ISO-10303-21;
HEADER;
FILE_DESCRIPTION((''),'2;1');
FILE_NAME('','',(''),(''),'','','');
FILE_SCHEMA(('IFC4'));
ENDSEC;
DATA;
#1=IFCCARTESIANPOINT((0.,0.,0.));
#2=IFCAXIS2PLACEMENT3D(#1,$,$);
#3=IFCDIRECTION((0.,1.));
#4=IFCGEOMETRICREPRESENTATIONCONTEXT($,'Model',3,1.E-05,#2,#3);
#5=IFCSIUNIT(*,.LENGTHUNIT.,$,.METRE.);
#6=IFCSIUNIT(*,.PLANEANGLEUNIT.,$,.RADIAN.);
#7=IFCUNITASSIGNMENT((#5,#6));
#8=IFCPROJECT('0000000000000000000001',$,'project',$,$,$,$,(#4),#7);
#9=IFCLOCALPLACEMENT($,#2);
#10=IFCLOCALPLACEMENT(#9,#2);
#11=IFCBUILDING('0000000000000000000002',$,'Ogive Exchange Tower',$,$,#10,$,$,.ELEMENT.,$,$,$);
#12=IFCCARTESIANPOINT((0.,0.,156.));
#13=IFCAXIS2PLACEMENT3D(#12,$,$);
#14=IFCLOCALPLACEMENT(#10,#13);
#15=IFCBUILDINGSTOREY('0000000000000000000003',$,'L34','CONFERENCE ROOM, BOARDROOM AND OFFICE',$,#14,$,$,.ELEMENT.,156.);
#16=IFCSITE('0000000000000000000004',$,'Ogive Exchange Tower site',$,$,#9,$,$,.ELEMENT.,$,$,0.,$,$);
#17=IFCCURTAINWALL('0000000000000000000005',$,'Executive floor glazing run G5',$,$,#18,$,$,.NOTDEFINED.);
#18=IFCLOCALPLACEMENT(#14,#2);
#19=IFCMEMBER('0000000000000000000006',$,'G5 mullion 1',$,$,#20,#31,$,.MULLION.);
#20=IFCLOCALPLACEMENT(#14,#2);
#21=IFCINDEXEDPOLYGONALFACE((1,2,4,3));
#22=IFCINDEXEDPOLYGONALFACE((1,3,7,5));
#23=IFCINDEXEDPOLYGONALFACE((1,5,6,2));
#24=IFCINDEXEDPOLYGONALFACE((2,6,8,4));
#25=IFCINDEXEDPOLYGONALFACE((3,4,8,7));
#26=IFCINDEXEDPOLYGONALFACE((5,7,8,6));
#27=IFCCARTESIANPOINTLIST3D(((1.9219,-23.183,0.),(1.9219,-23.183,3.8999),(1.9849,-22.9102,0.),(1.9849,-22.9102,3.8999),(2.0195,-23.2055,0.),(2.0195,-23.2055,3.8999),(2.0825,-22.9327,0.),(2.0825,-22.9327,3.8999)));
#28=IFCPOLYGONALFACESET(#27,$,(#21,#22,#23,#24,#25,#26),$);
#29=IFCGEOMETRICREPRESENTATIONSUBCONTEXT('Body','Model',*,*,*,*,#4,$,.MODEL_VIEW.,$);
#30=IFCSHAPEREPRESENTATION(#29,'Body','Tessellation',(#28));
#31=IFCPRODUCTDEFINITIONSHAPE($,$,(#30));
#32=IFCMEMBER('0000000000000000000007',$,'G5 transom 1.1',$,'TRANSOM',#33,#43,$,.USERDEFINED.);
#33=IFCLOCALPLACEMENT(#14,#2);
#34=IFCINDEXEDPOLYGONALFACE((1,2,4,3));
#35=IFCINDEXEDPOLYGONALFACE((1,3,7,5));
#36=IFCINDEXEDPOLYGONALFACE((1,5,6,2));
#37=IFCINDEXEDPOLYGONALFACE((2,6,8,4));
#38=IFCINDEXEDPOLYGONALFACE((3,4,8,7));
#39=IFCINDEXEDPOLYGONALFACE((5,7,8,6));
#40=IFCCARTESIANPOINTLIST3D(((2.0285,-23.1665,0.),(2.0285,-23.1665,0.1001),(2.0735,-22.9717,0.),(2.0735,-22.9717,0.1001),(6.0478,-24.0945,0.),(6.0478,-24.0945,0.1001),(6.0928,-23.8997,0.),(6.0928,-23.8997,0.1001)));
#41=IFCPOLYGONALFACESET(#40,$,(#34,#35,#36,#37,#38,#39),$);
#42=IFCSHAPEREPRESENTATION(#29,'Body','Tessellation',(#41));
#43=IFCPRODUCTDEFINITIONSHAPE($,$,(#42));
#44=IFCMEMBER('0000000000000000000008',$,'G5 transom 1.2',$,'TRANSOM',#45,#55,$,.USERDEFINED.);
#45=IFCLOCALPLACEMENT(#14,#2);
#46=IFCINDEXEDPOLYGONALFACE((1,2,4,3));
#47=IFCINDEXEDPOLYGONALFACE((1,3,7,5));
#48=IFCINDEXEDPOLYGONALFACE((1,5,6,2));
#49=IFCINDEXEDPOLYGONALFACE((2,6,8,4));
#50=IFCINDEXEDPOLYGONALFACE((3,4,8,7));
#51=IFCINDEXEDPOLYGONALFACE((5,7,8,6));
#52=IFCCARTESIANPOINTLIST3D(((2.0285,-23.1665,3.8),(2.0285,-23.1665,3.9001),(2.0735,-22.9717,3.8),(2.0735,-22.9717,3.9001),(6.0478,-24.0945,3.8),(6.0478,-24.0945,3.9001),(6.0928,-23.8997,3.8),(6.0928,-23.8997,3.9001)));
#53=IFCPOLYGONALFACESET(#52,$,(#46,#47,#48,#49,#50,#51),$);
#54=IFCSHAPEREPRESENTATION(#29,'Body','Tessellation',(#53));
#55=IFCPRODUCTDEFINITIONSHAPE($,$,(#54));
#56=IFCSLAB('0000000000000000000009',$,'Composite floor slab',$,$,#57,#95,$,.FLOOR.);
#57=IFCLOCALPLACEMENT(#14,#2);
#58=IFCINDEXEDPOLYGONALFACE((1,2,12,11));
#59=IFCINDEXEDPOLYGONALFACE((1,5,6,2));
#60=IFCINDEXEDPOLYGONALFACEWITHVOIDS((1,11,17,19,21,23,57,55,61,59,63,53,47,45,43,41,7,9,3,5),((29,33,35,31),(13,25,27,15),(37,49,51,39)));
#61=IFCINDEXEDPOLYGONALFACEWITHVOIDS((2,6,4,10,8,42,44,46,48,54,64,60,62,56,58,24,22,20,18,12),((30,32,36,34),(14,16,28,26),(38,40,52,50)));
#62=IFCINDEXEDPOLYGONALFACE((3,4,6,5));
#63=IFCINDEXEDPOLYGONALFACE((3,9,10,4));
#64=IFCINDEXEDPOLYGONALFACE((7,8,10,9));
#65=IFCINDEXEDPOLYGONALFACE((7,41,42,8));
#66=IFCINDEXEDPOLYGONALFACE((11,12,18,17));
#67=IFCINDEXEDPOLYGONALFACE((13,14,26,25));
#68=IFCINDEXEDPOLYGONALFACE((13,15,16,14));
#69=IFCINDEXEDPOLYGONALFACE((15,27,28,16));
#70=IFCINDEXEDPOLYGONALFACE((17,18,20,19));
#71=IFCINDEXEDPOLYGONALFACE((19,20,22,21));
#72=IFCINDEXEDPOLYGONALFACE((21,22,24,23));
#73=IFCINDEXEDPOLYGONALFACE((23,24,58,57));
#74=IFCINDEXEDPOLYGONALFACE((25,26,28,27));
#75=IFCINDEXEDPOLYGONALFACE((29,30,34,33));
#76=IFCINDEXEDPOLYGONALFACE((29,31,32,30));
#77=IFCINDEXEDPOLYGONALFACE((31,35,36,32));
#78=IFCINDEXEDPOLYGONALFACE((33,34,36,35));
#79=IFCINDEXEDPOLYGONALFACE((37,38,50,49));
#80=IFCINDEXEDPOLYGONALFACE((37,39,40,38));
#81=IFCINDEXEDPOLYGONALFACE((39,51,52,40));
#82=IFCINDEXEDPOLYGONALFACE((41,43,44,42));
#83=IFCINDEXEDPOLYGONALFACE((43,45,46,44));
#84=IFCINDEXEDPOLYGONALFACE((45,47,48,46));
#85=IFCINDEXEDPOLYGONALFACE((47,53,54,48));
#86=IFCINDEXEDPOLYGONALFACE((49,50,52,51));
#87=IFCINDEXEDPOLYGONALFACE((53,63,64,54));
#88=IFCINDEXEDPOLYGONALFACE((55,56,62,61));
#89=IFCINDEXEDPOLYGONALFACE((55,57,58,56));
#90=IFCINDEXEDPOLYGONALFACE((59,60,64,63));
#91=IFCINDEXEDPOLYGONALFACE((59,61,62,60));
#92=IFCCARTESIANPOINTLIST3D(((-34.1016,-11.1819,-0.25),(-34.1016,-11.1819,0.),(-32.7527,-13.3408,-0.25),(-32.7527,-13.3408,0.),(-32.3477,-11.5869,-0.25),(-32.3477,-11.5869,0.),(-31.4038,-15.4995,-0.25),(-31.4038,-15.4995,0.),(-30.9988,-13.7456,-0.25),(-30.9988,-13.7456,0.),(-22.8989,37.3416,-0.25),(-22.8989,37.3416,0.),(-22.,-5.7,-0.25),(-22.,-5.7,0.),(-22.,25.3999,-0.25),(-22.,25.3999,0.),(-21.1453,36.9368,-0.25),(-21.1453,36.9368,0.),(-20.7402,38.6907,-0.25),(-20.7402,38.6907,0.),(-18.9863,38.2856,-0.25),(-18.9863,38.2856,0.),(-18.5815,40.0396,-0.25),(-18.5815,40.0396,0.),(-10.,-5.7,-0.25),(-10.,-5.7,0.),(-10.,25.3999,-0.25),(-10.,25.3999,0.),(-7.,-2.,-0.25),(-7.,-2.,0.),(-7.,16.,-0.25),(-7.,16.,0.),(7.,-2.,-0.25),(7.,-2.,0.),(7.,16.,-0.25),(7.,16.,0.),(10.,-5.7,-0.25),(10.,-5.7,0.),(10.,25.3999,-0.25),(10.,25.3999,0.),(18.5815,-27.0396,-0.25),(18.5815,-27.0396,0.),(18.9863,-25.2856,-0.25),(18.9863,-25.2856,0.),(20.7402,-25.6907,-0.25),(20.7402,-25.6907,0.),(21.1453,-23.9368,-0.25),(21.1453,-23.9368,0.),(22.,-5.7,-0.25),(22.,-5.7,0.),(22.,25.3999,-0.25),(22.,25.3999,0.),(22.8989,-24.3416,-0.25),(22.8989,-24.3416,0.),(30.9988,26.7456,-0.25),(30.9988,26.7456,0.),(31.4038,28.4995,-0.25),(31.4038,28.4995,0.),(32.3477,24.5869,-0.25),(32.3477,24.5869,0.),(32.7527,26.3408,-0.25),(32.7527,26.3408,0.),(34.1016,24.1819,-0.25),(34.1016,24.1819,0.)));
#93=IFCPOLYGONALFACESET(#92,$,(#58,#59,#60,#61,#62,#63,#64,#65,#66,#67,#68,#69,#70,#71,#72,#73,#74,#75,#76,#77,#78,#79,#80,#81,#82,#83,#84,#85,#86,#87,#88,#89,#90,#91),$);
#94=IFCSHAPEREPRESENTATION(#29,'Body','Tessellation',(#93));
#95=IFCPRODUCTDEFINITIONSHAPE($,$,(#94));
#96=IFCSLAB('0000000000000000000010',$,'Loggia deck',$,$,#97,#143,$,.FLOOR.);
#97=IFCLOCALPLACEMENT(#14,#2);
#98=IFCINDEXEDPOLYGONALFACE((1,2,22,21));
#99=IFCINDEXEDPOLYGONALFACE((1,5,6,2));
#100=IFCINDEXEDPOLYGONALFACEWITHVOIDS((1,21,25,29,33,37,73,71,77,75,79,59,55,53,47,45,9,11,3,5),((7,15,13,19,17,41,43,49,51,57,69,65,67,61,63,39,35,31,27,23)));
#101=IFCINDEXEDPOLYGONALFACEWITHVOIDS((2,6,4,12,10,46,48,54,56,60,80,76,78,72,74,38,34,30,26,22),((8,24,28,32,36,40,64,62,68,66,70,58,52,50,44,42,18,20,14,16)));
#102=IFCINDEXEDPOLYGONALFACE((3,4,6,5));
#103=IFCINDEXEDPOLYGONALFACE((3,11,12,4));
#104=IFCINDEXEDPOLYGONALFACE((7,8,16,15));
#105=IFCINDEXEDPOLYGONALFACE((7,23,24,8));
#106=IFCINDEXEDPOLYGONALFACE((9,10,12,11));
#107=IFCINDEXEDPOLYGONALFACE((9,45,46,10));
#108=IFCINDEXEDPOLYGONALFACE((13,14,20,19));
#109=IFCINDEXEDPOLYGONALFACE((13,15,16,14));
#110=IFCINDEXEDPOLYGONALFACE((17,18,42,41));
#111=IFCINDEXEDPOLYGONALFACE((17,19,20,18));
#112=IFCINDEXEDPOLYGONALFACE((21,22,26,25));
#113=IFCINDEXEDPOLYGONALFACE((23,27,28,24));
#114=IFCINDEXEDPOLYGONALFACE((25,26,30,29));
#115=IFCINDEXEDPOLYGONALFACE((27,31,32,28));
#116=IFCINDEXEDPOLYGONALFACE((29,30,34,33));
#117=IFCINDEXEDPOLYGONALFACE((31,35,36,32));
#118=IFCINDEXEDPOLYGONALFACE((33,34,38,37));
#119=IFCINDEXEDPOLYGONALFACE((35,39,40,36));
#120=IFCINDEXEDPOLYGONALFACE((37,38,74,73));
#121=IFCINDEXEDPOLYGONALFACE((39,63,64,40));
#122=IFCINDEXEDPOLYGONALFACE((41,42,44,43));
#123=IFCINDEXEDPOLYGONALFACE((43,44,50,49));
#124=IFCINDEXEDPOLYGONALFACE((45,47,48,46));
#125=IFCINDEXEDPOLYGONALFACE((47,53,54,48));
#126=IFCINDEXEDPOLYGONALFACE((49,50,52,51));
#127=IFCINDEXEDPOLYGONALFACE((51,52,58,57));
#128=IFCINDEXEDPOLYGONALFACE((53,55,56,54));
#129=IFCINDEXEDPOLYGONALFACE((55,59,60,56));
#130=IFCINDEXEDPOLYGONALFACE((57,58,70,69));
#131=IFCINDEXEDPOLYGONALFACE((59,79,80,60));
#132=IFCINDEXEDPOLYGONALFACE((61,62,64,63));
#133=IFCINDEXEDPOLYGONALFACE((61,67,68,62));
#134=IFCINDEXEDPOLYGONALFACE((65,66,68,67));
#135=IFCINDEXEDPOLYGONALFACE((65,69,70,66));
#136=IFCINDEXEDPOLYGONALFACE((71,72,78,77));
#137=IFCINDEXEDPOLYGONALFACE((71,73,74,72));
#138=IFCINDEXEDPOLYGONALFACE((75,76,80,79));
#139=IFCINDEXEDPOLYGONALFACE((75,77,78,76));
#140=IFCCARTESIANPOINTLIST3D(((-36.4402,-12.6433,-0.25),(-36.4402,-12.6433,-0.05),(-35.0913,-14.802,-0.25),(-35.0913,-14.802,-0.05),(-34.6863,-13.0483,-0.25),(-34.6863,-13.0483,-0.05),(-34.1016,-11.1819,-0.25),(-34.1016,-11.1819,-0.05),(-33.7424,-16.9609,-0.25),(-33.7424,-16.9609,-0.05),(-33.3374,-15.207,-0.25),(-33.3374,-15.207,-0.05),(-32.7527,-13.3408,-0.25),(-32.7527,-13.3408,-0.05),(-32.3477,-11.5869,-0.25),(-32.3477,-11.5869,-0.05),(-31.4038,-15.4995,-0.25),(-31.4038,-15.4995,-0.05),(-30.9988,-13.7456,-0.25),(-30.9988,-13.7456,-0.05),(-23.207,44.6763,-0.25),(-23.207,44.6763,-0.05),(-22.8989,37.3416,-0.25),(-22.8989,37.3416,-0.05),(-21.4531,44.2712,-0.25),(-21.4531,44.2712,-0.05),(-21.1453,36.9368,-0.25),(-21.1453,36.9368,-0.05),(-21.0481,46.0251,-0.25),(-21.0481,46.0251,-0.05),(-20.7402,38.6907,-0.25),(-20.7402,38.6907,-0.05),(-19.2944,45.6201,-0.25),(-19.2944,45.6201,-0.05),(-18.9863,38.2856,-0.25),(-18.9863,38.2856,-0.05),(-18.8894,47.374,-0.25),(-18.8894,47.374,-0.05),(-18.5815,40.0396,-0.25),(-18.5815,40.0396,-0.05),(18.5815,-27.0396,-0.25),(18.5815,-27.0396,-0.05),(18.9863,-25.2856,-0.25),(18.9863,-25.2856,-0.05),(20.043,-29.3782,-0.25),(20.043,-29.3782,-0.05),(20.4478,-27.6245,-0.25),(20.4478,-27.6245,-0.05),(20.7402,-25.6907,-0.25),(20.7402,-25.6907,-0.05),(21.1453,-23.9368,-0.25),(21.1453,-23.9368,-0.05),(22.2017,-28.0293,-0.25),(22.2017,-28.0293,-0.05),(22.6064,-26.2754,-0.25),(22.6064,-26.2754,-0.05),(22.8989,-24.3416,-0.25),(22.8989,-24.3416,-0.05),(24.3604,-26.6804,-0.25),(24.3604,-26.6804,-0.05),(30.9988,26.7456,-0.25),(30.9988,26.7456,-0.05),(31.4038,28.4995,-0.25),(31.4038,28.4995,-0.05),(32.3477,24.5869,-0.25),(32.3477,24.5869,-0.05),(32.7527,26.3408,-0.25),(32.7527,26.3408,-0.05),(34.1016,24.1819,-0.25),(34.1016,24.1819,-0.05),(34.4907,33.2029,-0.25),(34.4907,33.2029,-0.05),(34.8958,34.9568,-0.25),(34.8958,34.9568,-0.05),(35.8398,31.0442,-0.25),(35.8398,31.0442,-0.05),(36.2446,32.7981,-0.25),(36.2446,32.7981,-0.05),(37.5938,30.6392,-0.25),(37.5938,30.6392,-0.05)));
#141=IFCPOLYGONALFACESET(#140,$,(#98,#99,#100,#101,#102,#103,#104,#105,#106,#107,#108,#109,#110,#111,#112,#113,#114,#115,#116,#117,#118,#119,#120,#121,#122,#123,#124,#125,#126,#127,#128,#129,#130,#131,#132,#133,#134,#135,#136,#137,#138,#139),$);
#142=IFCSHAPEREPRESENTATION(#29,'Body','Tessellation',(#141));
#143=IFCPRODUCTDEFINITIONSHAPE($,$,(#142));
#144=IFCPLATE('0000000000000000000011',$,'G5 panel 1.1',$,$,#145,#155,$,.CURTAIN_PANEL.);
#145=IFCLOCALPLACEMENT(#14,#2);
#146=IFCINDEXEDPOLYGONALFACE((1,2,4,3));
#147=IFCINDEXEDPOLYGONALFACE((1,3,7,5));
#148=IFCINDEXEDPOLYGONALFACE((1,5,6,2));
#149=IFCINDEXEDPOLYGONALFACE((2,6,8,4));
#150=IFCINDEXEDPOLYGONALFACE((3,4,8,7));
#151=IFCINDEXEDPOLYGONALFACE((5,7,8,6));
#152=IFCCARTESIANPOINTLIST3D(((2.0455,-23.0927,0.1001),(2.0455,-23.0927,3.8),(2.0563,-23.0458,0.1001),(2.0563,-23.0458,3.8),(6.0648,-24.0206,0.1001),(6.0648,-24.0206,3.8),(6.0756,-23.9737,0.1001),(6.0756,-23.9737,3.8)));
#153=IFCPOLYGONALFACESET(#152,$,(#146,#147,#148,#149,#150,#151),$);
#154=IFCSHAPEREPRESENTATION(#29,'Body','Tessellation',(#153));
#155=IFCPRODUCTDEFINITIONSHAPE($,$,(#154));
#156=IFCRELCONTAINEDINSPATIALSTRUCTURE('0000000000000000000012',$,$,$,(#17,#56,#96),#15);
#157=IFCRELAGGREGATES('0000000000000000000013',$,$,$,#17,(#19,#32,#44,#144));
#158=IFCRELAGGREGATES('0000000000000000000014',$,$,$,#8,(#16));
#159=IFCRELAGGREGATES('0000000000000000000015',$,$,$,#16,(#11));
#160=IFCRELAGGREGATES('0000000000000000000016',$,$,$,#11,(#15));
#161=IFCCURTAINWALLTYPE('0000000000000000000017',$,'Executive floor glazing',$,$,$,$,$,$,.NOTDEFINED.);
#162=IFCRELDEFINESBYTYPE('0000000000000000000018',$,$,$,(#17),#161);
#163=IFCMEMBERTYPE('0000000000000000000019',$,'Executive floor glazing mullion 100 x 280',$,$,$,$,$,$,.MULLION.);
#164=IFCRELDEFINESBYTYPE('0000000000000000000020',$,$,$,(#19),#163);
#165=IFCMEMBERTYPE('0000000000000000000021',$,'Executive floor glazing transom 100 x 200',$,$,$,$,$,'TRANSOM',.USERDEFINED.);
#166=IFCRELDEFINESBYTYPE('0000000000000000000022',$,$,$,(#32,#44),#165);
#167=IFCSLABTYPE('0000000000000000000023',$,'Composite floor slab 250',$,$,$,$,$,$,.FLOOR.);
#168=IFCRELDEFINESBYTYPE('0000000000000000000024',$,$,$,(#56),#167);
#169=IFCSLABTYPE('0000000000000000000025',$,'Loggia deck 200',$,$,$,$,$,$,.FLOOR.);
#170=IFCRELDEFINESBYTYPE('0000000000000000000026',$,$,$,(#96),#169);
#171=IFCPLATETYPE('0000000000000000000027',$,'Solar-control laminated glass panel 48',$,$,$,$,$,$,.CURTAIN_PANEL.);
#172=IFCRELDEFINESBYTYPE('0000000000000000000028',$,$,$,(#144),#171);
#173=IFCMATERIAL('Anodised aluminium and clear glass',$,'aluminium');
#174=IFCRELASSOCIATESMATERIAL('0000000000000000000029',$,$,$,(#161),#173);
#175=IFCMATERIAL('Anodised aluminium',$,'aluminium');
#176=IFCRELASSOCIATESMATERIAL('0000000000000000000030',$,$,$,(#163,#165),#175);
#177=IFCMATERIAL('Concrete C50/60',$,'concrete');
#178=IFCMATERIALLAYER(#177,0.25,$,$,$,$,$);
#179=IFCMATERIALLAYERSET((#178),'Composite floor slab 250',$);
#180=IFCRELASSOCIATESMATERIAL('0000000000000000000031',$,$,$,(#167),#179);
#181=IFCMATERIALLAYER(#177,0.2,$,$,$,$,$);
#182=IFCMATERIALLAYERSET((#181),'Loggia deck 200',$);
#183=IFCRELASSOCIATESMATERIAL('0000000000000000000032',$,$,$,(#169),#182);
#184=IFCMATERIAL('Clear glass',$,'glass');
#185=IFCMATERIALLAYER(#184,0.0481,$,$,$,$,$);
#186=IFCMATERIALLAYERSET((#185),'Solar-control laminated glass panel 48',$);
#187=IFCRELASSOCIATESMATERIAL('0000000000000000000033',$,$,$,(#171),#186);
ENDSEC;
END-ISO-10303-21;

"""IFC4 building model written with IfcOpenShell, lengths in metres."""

from ifc_helpers import new_model, si_unit, direction, frame, origin, origin_2d, place, context, subcontext, project, spatial, polyline, rectangle, outline, extrude, material, layer, layer_set, material_profile, profile_set, type_object, element, aggregate, save


model = new_model("IFC4")

# Units and contexts
model_context = context("Model", 3, precision=1e-05, world=origin(), true_north=direction((0.0, 1.0)))
body_context = subcontext(model_context, "Body", "Model", "MODEL_VIEW")
ifc_project = project(units=[si_unit("LENGTHUNIT", "METRE"), si_unit("PLANEANGLEUNIT", "RADIAN")], contexts=[model_context])

# Site, building, storey
site_placement = place(None, origin())
site = spatial("IfcSite", under=ifc_project, at=site_placement, Name="Ogive Exchange Tower site", CompositionType="ELEMENT", RefElevation=0.0)
building_placement = place(site_placement, origin())
building = spatial("IfcBuilding", under=site, at=building_placement, Name="Ogive Exchange Tower", CompositionType="ELEMENT")
storey_placement = place(building_placement, frame((0.0, 0.0, 156.0)))
storey = spatial("IfcBuildingStorey", under=building, at=storey_placement, Name="L34", Description="CONFERENCE ROOM, BOARDROOM AND OFFICE", CompositionType="ELEMENT", Elevation=156.0)

# Curtain wall, members
ifc_material_1 = material(Name="Anodised aluminium and clear glass", Category="aluminium")
curtain_wall_type = type_object("IfcCurtainWallType", Name="Executive floor glazing", PredefinedType="NOTDEFINED", material=ifc_material_1)
curtain_wall_placement = place(storey_placement, origin())
curtain_wall = element("IfcCurtainWall", 1, at=curtain_wall_placement, inside=storey, type_object=curtain_wall_type, Name="Executive floor glazing run G5", PredefinedType="NOTDEFINED")
ifc_material_2 = material(Name="Anodised aluminium", Category="aluminium")
ifc_material_profile_1 = material_profile(ifc_material_2, rectangle(XDim=0.28, YDim=0.1001, at=origin_2d()), Name="AL 100x280")
ifc_profile_set_1 = profile_set([ifc_material_profile_1], Name="Anodised aluminium")
member_type_1 = type_object("IfcMemberType", Name="Executive floor glazing mullion 100 x 280", PredefinedType="MULLION", material=ifc_profile_set_1)
member_1_placement = place(storey_placement, frame((2.0022, -23.0579, 0.0), z_axis=(0.0, 0.0, 1.0), x_axis=(0.224958, 0.974369, 0.0)))
member_1 = element("IfcMember", 2, at=member_1_placement, type_object=member_type_1, Name="G5 mullion 1", PredefinedType="MULLION", context=body_context, shape_type="SweptSolid", body=[
    extrude(rectangle(XDim=0.28, YDim=0.1001, at=origin_2d()), origin(), (0.0, 0.0, 1.0), 3.8999),
])
ifc_material_profile_2 = material_profile(ifc_material_2, rectangle(XDim=0.2, YDim=0.1001, at=origin_2d()), Name="AL 100x200")
ifc_profile_set_2 = profile_set([ifc_material_profile_2], Name="Anodised aluminium")
member_type_2 = type_object("IfcMemberType", Name="Executive floor glazing transom 100 x 200", ElementType="TRANSOM", PredefinedType="USERDEFINED", material=ifc_profile_set_2)
member_2_placement = place(storey_placement, frame((2.051, -23.0691, 0.05), z_axis=(0.974367, -0.224963, 0.0), x_axis=(0.224963, 0.974367, 0.0)))
member_2 = element("IfcMember", 3, at=member_2_placement, type_object=member_type_2, Name="G5 transom 1.1", ObjectType="TRANSOM", PredefinedType="USERDEFINED", context=body_context, shape_type="SweptSolid", body=[
    extrude(rectangle(XDim=0.2, YDim=0.1001, at=origin_2d()), origin(), (0.0, 0.0, 1.0), 4.125),
])
member_3_placement = place(storey_placement, frame((2.051, -23.0691, 3.8501), z_axis=(0.974367, -0.224963, 0.0), x_axis=(0.224963, 0.974367, 0.0)))
member_3 = element("IfcMember", 4, at=member_3_placement, type_object=member_type_2, Name="G5 transom 1.2", ObjectType="TRANSOM", PredefinedType="USERDEFINED", context=body_context, shape_type="SweptSolid", body=[
    extrude(rectangle(XDim=0.2, YDim=0.1001, at=origin_2d()), origin(), (0.0, 0.0, 1.0), 4.125),
])

# Slabs
ifc_material_3 = material(Name="Concrete C50/60", Category="concrete")
ifc_layer_1 = layer(ifc_material_3, 0.25)
ifc_layer_set_1 = layer_set([ifc_layer_1], Name="Composite floor slab 250")
slab_type_1 = type_object("IfcSlabType", Name="Composite floor slab 250", PredefinedType="FLOOR", material=ifc_layer_set_1)
slab_1_placement = place(storey_placement, frame((0.0, 0.0, -0.25)))
element("IfcSlab", 5, at=slab_1_placement, inside=storey, type_object=slab_type_1, Name="Composite floor slab", PredefinedType="FLOOR", context=body_context, shape_type="SweptSolid", body=[
    extrude(outline(polyline([(-30.9988, -13.7456), (-32.7527, -13.3408), (-32.3477, -11.5869), (-34.1016, -11.1819), (-22.8989, 37.3416), (-21.1453, 36.9368), (-20.7402, 38.6907), (-18.9863, 38.2856), (-18.5815, 40.0396), (31.4038, 28.4995), (30.9988, 26.7456), (32.7527, 26.3408), (32.3477, 24.5869), (34.1016, 24.1819), (22.8989, -24.3416), (21.1453, -23.9368), (20.7402, -25.6907), (18.9863, -25.2856), (18.5815, -27.0396), (-31.4038, -15.4995), (-30.9988, -13.7456)]), holes=[polyline([(7.0, -2.0), (7.0, 16.0), (-7.0, 16.0), (-7.0, -2.0), (7.0, -2.0)]), polyline([(-22.0, -5.7), (-10.0, -5.7), (-10.0, 25.3999), (-22.0, 25.3999), (-22.0, -5.7)]), polyline([(10.0, -5.7), (22.0, -5.7), (22.0, 25.3999), (10.0, 25.3999), (10.0, -5.7)])]), origin(), (0.0, 0.0, 1.0), 0.25),
])
ifc_layer_2 = layer(ifc_material_3, 0.2)
ifc_layer_set_2 = layer_set([ifc_layer_2], Name="Loggia deck 200")
slab_type_2 = type_object("IfcSlabType", Name="Loggia deck 200", PredefinedType="FLOOR", material=ifc_layer_set_2)
slab_2_placement = place(storey_placement, frame((0.0, 0.0, -0.25)))
element("IfcSlab", 6, at=slab_2_placement, inside=storey, type_object=slab_type_2, Name="Loggia deck", PredefinedType="FLOOR", context=body_context, shape_type="SweptSolid", body=[
    extrude(outline(polyline([(-33.3374, -15.207), (-35.0913, -14.802), (-34.6863, -13.0483), (-36.4402, -12.6433), (-23.207, 44.6763), (-21.4531, 44.2712), (-21.0481, 46.0251), (-19.2944, 45.6201), (-18.8894, 47.374), (34.8958, 34.9568), (34.4907, 33.2029), (36.2446, 32.7981), (35.8398, 31.0442), (37.5938, 30.6392), (24.3604, -26.6804), (22.6064, -26.2754), (22.2017, -28.0293), (20.4478, -27.6245), (20.043, -29.3782), (-33.7424, -16.9609), (-33.3374, -15.207)]), holes=[polyline([(18.9863, -25.2856), (20.7402, -25.6907), (21.1453, -23.9368), (22.8989, -24.3416), (34.1016, 24.1819), (32.3477, 24.5869), (32.7527, 26.3408), (30.9988, 26.7456), (31.4038, 28.4995), (-18.5815, 40.0396), (-18.9863, 38.2856), (-20.7402, 38.6907), (-21.1453, 36.9368), (-22.8989, 37.3416), (-34.1016, -11.1819), (-32.3477, -11.5869), (-32.7527, -13.3408), (-30.9988, -13.7456), (-31.4038, -15.4995), (18.5815, -27.0396), (18.9863, -25.2856)])]), origin(), (0.0, 0.0, 1.0), 0.2),
])

# Plate
ifc_material_4 = material(Name="Clear glass", Category="glass")
ifc_layer_3 = layer(ifc_material_4, 0.0481)
ifc_layer_set_3 = layer_set([ifc_layer_3], Name="Solar-control laminated glass panel 48")
plate_type = type_object("IfcPlateType", Name="Solar-control laminated glass panel 48", PredefinedType="CURTAIN_PANEL", material=ifc_layer_set_3)
plate_placement = place(storey_placement, frame((4.0605, -23.5332, 0.1001), z_axis=(0.0, 0.0, 1.0), x_axis=(0.974369, -0.224958, 0.0)))
plate = element("IfcPlate", 7, at=plate_placement, type_object=plate_type, Name="G5 panel 1.1", PredefinedType="CURTAIN_PANEL", context=body_context, shape_type="SweptSolid", body=[
    extrude(rectangle(XDim=4.125, YDim=0.0481, at=origin_2d()), origin(), (0.0, 0.0, 1.0), 3.7),
])
aggregate(curtain_wall, [member_1, member_2, member_3, plate])

save(model, "model.ifc")
